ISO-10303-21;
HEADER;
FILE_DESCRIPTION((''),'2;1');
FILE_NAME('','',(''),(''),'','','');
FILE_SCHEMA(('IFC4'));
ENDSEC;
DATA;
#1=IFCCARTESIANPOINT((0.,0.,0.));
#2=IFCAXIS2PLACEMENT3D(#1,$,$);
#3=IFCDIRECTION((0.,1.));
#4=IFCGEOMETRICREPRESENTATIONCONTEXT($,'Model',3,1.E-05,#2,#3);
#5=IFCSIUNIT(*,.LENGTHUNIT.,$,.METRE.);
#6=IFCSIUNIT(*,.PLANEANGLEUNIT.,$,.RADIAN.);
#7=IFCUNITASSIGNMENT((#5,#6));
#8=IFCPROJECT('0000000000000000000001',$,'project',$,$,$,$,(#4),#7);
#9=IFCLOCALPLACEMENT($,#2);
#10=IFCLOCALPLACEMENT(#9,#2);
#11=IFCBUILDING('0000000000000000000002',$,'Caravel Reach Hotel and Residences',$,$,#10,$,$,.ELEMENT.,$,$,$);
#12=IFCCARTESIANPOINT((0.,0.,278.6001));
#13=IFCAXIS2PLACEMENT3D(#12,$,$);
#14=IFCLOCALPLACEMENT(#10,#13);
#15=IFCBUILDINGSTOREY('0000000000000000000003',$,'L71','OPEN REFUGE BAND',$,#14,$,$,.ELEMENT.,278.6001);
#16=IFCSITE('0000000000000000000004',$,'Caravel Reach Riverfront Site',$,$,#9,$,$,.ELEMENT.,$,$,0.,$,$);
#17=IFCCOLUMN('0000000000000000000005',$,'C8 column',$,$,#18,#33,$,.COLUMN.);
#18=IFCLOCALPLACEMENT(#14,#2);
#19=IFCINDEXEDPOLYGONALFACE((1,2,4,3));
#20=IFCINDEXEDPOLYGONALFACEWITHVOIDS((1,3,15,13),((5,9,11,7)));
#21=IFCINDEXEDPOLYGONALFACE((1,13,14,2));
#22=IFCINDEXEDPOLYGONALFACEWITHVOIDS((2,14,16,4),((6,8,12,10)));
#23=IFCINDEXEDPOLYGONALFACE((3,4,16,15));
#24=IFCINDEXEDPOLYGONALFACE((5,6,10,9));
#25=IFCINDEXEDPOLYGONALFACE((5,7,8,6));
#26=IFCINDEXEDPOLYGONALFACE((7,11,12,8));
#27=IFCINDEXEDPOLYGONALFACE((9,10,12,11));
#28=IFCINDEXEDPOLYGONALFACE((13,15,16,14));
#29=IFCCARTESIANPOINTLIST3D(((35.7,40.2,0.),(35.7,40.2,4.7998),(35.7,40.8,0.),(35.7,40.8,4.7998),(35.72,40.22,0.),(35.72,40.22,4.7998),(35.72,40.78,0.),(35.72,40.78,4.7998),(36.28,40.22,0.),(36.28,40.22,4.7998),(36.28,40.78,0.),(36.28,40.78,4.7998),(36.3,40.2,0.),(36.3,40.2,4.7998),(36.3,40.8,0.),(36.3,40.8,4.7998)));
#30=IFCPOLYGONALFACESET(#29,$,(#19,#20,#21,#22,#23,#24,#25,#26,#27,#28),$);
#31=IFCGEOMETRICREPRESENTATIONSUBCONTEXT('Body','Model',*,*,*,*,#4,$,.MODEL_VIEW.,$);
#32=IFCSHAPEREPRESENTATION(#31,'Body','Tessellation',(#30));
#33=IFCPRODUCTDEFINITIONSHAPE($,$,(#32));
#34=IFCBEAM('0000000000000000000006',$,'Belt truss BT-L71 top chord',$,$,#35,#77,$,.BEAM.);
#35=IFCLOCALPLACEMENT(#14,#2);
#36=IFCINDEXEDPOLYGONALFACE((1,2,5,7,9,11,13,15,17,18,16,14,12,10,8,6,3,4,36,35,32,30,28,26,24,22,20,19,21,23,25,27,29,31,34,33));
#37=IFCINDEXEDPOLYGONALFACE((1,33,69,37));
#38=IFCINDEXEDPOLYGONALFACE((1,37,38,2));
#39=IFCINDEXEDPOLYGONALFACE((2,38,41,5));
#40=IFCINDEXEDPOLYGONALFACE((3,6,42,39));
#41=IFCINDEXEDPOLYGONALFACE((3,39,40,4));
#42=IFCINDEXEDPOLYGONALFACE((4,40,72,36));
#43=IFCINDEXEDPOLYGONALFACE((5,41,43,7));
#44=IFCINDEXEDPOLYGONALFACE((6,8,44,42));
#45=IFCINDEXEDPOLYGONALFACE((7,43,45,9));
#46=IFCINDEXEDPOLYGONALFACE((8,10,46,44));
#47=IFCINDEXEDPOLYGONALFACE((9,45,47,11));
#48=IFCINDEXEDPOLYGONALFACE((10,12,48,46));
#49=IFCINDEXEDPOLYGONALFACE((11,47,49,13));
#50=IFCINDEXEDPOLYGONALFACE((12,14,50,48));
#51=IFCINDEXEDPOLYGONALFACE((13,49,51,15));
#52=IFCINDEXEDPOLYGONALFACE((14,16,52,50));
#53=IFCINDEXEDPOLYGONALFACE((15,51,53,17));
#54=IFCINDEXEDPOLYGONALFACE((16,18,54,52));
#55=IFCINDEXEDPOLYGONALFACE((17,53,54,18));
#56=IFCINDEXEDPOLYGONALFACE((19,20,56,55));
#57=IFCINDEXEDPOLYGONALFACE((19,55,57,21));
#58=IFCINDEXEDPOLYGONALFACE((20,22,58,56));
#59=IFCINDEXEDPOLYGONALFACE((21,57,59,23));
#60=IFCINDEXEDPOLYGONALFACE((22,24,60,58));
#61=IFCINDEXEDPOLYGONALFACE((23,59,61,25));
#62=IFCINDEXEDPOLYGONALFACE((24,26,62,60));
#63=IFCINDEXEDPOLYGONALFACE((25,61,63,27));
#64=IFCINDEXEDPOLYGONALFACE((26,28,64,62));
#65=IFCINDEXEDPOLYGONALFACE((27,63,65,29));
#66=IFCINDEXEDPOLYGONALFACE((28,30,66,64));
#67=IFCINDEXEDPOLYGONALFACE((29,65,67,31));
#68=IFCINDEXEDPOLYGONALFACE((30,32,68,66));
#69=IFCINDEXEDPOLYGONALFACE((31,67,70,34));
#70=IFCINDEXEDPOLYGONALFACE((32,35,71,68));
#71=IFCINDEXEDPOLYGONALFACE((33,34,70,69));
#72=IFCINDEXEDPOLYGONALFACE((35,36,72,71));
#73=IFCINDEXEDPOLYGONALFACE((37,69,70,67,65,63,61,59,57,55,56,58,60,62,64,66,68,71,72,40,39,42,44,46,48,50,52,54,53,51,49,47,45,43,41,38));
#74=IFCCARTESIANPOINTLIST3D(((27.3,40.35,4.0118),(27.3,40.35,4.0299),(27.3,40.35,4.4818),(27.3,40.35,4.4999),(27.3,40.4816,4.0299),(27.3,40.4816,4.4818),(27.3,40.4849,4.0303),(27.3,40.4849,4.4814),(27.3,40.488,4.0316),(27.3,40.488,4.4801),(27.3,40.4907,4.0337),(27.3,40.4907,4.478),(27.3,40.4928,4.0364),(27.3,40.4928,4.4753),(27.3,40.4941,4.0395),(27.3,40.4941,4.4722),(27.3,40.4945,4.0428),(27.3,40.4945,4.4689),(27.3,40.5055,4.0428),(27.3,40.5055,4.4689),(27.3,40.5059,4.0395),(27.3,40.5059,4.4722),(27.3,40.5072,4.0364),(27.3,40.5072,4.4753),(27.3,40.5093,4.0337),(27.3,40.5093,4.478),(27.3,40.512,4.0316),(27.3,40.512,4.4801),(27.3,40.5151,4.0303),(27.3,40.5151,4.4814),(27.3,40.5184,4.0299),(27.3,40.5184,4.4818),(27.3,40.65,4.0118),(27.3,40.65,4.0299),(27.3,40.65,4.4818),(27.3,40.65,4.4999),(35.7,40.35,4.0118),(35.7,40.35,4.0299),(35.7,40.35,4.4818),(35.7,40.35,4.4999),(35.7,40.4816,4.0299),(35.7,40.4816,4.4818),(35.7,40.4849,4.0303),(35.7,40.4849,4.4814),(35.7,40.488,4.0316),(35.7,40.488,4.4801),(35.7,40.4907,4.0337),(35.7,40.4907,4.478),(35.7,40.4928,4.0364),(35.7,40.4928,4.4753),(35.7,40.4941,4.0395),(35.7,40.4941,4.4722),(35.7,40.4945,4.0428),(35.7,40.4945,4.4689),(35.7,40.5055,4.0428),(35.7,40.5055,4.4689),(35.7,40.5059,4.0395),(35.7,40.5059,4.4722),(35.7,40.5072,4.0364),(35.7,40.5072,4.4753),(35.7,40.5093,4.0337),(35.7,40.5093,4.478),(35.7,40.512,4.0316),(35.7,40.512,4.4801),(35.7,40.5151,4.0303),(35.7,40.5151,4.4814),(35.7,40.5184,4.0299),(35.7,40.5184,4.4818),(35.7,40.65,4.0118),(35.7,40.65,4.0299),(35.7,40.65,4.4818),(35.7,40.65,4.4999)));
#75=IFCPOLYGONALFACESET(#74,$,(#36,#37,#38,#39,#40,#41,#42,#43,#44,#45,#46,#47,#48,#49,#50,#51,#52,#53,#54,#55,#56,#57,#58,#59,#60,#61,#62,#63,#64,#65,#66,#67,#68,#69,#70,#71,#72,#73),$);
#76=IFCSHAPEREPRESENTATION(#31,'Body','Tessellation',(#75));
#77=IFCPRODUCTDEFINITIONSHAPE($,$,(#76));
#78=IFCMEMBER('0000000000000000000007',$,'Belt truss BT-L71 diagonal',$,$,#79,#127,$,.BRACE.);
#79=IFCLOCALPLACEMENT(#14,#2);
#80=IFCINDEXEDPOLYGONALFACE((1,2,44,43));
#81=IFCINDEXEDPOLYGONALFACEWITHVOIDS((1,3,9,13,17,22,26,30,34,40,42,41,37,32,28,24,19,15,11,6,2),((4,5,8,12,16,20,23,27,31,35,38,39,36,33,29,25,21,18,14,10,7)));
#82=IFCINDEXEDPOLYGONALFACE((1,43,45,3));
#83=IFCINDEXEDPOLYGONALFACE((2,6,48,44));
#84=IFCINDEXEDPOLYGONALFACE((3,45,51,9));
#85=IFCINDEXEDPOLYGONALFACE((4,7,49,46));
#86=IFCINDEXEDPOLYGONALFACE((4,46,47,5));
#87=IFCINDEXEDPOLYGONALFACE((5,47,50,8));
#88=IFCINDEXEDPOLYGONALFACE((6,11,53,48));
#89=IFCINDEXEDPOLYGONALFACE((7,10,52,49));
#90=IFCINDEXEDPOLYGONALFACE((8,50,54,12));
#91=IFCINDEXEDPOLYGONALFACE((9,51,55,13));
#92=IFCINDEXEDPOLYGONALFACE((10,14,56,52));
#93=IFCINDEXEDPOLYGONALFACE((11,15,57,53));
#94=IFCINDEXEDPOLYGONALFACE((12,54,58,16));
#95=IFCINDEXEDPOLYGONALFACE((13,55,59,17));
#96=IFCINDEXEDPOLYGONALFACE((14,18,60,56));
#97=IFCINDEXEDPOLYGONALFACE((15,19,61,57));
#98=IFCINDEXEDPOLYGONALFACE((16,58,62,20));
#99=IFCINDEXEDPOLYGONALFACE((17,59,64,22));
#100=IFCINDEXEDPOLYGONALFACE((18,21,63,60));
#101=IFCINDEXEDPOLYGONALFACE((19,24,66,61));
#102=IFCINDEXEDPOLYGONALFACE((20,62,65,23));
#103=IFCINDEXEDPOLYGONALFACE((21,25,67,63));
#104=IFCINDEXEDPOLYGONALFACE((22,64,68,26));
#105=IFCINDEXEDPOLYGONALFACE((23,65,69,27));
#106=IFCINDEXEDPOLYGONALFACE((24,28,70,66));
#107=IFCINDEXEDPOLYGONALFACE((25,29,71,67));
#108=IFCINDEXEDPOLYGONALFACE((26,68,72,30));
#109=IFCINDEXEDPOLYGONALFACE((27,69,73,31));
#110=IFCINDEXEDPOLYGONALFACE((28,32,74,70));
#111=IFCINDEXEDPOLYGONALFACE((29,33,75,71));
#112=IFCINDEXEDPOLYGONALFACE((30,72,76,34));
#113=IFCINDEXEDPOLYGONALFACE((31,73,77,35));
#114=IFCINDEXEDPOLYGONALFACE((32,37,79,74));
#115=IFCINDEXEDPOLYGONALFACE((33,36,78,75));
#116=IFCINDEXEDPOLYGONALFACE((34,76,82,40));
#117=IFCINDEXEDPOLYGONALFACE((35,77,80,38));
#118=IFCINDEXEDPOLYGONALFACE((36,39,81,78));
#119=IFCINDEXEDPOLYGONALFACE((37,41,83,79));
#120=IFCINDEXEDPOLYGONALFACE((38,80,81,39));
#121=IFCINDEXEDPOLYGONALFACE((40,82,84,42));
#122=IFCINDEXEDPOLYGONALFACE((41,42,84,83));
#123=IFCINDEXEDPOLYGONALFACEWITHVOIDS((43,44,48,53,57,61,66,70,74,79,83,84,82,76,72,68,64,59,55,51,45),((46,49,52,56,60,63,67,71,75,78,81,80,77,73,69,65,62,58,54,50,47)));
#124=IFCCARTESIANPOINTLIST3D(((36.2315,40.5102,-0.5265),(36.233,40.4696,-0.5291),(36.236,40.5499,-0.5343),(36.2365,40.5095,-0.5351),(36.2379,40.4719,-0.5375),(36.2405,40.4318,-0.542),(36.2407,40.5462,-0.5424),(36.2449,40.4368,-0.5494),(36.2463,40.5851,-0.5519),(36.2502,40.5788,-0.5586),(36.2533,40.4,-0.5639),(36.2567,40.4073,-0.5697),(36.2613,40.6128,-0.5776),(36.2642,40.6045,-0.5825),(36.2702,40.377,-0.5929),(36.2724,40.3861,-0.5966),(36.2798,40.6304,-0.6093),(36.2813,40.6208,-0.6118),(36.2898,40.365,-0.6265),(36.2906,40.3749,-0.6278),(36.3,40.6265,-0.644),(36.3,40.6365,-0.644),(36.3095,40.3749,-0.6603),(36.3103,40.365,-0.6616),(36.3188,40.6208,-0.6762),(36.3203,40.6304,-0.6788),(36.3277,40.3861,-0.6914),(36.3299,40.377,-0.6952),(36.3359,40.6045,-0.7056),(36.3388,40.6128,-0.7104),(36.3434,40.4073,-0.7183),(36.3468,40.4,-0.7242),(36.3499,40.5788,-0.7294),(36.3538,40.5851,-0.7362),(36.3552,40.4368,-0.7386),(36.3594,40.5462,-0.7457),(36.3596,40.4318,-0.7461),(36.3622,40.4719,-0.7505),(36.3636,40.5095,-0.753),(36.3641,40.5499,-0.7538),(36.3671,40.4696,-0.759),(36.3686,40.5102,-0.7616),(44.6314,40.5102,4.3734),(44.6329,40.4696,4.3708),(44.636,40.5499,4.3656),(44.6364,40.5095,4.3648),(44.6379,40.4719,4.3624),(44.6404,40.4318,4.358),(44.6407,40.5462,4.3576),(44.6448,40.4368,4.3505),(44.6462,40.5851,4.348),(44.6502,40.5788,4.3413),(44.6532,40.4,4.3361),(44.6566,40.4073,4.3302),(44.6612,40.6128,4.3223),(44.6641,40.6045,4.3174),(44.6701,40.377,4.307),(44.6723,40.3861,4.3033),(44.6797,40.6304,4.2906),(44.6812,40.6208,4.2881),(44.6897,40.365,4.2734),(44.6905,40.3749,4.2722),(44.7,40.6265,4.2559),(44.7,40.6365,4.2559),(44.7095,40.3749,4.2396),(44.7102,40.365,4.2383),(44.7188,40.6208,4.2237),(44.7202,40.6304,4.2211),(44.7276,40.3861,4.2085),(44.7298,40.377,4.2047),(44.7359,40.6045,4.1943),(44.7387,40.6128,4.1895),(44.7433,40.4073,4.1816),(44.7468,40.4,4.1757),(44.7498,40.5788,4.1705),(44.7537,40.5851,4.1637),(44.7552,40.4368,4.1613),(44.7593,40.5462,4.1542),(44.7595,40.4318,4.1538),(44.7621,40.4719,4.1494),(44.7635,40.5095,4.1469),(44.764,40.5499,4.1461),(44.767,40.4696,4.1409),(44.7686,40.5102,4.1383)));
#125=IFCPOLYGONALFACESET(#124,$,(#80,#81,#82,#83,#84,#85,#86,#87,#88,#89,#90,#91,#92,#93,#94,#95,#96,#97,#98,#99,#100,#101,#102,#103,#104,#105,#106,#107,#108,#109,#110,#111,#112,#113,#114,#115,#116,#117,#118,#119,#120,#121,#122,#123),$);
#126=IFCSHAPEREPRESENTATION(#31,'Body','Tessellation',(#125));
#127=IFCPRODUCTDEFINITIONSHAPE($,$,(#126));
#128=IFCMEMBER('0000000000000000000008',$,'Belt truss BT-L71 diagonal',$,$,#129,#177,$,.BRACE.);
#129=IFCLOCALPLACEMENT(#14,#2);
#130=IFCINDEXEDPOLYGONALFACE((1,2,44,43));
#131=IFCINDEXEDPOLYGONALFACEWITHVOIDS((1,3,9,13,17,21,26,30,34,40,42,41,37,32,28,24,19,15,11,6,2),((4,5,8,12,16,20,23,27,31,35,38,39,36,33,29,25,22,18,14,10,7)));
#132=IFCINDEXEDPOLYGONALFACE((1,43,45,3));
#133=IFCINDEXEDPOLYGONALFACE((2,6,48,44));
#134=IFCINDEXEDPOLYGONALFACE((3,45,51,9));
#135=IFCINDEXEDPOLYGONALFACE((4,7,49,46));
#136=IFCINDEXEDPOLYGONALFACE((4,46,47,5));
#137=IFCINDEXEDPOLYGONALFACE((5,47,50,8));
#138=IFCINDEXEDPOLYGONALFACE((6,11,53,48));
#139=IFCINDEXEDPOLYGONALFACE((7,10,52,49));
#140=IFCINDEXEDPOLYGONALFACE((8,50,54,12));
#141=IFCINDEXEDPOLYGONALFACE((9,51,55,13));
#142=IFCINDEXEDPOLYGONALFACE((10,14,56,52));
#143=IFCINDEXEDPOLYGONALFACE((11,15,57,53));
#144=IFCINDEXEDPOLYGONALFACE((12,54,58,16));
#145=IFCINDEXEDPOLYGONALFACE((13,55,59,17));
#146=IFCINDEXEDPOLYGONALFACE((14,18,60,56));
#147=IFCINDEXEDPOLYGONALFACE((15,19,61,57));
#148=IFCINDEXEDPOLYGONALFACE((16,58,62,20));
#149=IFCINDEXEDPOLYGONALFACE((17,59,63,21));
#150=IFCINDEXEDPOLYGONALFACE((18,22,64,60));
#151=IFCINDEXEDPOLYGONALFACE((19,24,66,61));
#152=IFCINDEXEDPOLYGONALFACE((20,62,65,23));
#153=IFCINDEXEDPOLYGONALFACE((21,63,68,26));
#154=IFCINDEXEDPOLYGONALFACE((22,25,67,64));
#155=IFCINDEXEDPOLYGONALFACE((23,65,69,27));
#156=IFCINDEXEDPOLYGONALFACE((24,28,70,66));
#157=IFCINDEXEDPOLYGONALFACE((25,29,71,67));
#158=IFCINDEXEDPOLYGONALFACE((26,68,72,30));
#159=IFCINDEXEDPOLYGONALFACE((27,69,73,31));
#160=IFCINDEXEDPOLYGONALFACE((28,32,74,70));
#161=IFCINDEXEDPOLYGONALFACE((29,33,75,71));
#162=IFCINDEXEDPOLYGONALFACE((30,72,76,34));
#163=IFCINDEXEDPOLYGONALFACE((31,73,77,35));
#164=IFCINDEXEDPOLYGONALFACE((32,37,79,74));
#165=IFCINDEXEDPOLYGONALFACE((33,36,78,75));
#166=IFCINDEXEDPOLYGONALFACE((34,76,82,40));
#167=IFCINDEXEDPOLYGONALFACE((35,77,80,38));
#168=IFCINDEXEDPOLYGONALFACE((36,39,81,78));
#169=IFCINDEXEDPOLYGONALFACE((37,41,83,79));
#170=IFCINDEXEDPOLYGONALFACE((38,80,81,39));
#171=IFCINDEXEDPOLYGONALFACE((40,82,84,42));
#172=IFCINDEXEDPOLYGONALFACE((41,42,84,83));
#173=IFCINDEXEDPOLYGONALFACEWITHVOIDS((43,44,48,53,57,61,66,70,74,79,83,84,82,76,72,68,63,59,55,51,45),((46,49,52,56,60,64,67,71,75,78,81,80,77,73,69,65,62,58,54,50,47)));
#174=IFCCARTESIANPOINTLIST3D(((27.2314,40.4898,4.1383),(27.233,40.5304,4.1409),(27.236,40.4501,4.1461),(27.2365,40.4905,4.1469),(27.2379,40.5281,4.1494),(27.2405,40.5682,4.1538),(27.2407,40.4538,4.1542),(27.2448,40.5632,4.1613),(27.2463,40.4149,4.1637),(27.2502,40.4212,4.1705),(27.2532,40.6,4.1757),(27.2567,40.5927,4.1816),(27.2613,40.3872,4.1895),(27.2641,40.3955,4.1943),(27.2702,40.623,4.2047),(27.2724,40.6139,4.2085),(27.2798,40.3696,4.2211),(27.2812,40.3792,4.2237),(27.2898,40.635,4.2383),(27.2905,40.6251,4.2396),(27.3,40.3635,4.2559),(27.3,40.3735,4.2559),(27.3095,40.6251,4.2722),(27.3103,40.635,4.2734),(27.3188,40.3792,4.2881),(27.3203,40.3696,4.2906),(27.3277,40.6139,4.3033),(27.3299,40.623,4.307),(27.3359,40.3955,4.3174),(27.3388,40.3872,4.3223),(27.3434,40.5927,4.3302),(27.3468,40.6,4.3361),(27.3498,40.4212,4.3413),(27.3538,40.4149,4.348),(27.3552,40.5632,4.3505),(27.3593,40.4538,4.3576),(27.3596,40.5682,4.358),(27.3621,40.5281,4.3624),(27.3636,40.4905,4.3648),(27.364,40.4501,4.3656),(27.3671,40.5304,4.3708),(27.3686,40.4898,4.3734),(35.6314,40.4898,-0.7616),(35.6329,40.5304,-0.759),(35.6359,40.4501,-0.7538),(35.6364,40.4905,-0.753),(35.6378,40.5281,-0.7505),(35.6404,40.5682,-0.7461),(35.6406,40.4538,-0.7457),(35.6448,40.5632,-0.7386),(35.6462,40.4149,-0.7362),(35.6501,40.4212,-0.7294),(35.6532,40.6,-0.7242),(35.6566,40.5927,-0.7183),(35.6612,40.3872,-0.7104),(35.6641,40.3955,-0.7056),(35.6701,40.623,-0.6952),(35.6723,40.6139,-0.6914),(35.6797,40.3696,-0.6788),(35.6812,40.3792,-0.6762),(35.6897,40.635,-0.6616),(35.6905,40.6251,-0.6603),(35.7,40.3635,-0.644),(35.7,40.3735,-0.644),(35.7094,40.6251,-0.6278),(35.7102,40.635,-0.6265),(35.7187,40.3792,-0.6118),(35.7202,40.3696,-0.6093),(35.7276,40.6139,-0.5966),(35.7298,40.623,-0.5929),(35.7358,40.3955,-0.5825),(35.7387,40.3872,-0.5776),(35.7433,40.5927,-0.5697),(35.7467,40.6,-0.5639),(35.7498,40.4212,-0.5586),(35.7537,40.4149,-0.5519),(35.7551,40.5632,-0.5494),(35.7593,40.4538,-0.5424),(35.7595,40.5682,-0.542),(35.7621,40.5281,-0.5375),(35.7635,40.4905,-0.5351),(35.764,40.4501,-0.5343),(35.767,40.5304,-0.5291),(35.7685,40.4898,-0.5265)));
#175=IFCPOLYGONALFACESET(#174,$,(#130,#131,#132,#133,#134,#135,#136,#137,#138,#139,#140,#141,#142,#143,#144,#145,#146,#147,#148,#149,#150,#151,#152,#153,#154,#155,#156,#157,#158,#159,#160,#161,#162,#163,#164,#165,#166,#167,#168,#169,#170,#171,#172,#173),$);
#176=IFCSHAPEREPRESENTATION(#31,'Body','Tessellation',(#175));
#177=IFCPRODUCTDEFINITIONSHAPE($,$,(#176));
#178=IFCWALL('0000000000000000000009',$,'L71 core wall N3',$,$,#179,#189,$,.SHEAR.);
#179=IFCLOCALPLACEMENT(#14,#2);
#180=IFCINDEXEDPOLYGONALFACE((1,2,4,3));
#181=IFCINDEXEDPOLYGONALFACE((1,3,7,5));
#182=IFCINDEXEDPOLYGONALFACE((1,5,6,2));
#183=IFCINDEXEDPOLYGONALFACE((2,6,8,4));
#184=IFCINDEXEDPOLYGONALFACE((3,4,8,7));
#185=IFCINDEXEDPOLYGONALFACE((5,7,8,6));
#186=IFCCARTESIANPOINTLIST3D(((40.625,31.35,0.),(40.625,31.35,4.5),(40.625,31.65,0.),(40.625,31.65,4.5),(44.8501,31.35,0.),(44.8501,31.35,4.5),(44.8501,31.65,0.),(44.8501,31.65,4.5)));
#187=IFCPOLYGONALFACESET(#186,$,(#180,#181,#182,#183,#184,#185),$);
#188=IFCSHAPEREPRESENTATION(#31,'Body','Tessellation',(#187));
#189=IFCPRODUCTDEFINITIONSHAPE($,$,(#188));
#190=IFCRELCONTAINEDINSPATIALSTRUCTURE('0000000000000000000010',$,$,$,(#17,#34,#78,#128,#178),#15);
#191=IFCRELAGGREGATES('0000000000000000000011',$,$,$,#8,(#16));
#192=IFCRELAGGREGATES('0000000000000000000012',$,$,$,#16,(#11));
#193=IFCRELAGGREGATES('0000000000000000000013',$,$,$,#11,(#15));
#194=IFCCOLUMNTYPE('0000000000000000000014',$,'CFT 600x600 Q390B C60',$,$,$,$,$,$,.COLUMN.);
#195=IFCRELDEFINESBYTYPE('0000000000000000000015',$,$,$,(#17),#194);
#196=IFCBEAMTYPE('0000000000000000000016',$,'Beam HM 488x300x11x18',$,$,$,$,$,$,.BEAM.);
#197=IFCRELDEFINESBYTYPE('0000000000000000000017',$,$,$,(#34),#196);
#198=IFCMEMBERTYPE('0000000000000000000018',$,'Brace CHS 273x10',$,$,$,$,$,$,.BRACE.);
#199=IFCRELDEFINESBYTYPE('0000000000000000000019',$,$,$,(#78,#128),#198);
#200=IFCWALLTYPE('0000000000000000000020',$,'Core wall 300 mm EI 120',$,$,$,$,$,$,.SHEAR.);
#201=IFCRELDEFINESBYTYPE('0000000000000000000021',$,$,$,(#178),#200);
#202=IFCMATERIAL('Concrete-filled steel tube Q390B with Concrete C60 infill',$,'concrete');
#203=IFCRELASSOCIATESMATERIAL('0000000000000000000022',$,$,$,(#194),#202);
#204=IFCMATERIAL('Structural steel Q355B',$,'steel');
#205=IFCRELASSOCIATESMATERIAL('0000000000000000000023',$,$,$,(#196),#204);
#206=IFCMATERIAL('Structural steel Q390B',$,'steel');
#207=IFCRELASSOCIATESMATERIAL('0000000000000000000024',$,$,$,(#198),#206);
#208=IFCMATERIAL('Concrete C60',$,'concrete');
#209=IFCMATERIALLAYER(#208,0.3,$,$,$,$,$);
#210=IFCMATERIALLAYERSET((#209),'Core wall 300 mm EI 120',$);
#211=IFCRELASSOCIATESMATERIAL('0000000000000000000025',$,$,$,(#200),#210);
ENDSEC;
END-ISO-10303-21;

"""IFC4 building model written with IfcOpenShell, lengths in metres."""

from ifc_helpers import new_model, si_unit, direction, frame, frame_2d, origin, origin_2d, place, context, subcontext, project, spatial, rectangle, hollow_rectangle, hollow_circle, i_section, extrude, material, layer, layer_set, material_profile, profile_set, type_object, element, save


model = new_model("IFC4")

# Units and contexts
model_context = context("Model", 3, precision=1e-05, world=origin(), true_north=direction((0.0, 1.0)))
body_context = subcontext(model_context, "Body", "Model", "MODEL_VIEW")
ifc_project = project(units=[si_unit("LENGTHUNIT", "METRE"), si_unit("PLANEANGLEUNIT", "RADIAN")], contexts=[model_context])

# Site, building, storey
site_placement = place(None, origin())
site = spatial("IfcSite", under=ifc_project, at=site_placement, Name="Caravel Reach Riverfront Site", CompositionType="ELEMENT", RefElevation=0.0)
building_placement = place(site_placement, origin())
building = spatial("IfcBuilding", under=site, at=building_placement, Name="Caravel Reach Hotel and Residences", CompositionType="ELEMENT")
storey_placement = place(building_placement, frame((0.0, 0.0, 278.6001)))
storey = spatial("IfcBuildingStorey", under=building, at=storey_placement, Name="L71", Description="OPEN REFUGE BAND", CompositionType="ELEMENT", Elevation=278.6001)

# Column
ifc_material_1 = material(Name="Concrete-filled steel tube Q390B with Concrete C60 infill", Category="concrete")
ifc_material_profile_1 = material_profile(ifc_material_1, hollow_rectangle(XDim=0.6001, YDim=0.6001, WallThickness=0.02, at=origin_2d()), Name="RHS 600x600x20")
ifc_profile_set_1 = profile_set([ifc_material_profile_1], Name="Concrete-filled steel tube Q390B with Concrete C60 infill")
column_type = type_object("IfcColumnType", Name="CFT 600x600 Q390B C60", PredefinedType="COLUMN", material=ifc_profile_set_1)
column_placement = place(storey_placement, frame((36.0, 40.5, 0.0), z_axis=(0.0, 0.0, 1.0), x_axis=(1.0, 0.0, 0.0)))
element("IfcColumn", 1, at=column_placement, inside=storey, type_object=column_type, Name="C8 column", PredefinedType="COLUMN", context=body_context, shape_type="SweptSolid", body=[
    extrude(hollow_rectangle(XDim=0.6001, YDim=0.6001, WallThickness=0.02, at=origin_2d()), origin(), (0.0, 0.0, 1.0), 4.7998),
])

# Beam
ifc_material_2 = material(Name="Structural steel Q355B", Category="steel")
ifc_material_profile_2 = material_profile(ifc_material_2, i_section(OverallWidth=0.3, OverallDepth=0.488, WebThickness=0.011, FlangeThickness=0.0181, FilletRadius=0.0129, at=origin_2d()), Name="HM 488x300x11x18")
ifc_profile_set_2 = profile_set([ifc_material_profile_2], Name="Structural steel Q355B")
beam_type = type_object("IfcBeamType", Name="Beam HM 488x300x11x18", PredefinedType="BEAM", material=ifc_profile_set_2)
beam_placement = place(storey_placement, frame((35.7, 40.5, 4.2559), z_axis=(-1.0, 0.0, 0.0), x_axis=(0.0, -1.0, 0.0)))
element("IfcBeam", 2, at=beam_placement, inside=storey, type_object=beam_type, Name="Belt truss BT-L71 top chord", PredefinedType="BEAM", context=body_context, shape_type="SweptSolid", body=[
    extrude(i_section(OverallWidth=0.3, OverallDepth=0.488, WebThickness=0.011, FlangeThickness=0.0181, FilletRadius=0.0129, at=origin_2d()), origin(), (0.0, 0.0, 1.0), 8.3999),
])

# Members
ifc_material_3 = material(Name="Structural steel Q390B", Category="steel")
ifc_material_profile_3 = material_profile(ifc_material_3, hollow_circle(Radius=0.1365, WallThickness=0.01, at=origin_2d()), Name="CHS 273x10")
ifc_profile_set_3 = profile_set([ifc_material_profile_3], Name="Structural steel Q390B")
member_type = type_object("IfcMemberType", Name="Brace CHS 273x10", PredefinedType="BRACE", material=ifc_profile_set_3)
for number, where, z_axis, x_axis, name in (
    (3, (36.3, 40.5, -0.644), (0.863781, 0.0, 0.503868), (0.0, 1.0, 0.0), "Belt truss BT-L71 diagonal"),
    (4, (35.7, 40.5, -0.644), (-0.863781, 0.0, 0.503868), (0.0, -1.0, 0.0), "Belt truss BT-L71 diagonal"),
):
    element("IfcMember", number, at=place(storey_placement, frame(where, z_axis=z_axis, x_axis=x_axis)), inside=storey, type_object=member_type, Name=name, PredefinedType="BRACE", context=body_context, shape_type="SweptSolid", body=[
        extrude(hollow_circle(Radius=0.1365, WallThickness=0.01, at=origin_2d()), origin(), (0.0, 0.0, 1.0), 9.7246),
    ])

# Wall
ifc_material_4 = material(Name="Concrete C60", Category="concrete")
ifc_layer_1 = layer(ifc_material_4, 0.3)
ifc_layer_set_1 = layer_set([ifc_layer_1], Name="Core wall 300 mm EI 120")
wall_type_1 = type_object("IfcWallType", Name="Core wall 300 mm EI 120", PredefinedType="SHEAR", material=ifc_layer_set_1)
wall_1_placement = place(storey_placement, frame((40.625, 31.5, 0.0), z_axis=(0.0, 0.0, 1.0), x_axis=(1.0, 0.0, 0.0)))
element("IfcWall", 5, at=wall_1_placement, inside=storey, type_object=wall_type_1, Name="L71 core wall N3", PredefinedType="SHEAR", context=body_context, shape_type="SweptSolid", body=[
    extrude(rectangle(XDim=4.2251, YDim=0.3, at=frame_2d((2.1125, 0.0))), origin(), (0.0, 0.0, 1.0), 4.5),
])

save(model, "model.ifc")
